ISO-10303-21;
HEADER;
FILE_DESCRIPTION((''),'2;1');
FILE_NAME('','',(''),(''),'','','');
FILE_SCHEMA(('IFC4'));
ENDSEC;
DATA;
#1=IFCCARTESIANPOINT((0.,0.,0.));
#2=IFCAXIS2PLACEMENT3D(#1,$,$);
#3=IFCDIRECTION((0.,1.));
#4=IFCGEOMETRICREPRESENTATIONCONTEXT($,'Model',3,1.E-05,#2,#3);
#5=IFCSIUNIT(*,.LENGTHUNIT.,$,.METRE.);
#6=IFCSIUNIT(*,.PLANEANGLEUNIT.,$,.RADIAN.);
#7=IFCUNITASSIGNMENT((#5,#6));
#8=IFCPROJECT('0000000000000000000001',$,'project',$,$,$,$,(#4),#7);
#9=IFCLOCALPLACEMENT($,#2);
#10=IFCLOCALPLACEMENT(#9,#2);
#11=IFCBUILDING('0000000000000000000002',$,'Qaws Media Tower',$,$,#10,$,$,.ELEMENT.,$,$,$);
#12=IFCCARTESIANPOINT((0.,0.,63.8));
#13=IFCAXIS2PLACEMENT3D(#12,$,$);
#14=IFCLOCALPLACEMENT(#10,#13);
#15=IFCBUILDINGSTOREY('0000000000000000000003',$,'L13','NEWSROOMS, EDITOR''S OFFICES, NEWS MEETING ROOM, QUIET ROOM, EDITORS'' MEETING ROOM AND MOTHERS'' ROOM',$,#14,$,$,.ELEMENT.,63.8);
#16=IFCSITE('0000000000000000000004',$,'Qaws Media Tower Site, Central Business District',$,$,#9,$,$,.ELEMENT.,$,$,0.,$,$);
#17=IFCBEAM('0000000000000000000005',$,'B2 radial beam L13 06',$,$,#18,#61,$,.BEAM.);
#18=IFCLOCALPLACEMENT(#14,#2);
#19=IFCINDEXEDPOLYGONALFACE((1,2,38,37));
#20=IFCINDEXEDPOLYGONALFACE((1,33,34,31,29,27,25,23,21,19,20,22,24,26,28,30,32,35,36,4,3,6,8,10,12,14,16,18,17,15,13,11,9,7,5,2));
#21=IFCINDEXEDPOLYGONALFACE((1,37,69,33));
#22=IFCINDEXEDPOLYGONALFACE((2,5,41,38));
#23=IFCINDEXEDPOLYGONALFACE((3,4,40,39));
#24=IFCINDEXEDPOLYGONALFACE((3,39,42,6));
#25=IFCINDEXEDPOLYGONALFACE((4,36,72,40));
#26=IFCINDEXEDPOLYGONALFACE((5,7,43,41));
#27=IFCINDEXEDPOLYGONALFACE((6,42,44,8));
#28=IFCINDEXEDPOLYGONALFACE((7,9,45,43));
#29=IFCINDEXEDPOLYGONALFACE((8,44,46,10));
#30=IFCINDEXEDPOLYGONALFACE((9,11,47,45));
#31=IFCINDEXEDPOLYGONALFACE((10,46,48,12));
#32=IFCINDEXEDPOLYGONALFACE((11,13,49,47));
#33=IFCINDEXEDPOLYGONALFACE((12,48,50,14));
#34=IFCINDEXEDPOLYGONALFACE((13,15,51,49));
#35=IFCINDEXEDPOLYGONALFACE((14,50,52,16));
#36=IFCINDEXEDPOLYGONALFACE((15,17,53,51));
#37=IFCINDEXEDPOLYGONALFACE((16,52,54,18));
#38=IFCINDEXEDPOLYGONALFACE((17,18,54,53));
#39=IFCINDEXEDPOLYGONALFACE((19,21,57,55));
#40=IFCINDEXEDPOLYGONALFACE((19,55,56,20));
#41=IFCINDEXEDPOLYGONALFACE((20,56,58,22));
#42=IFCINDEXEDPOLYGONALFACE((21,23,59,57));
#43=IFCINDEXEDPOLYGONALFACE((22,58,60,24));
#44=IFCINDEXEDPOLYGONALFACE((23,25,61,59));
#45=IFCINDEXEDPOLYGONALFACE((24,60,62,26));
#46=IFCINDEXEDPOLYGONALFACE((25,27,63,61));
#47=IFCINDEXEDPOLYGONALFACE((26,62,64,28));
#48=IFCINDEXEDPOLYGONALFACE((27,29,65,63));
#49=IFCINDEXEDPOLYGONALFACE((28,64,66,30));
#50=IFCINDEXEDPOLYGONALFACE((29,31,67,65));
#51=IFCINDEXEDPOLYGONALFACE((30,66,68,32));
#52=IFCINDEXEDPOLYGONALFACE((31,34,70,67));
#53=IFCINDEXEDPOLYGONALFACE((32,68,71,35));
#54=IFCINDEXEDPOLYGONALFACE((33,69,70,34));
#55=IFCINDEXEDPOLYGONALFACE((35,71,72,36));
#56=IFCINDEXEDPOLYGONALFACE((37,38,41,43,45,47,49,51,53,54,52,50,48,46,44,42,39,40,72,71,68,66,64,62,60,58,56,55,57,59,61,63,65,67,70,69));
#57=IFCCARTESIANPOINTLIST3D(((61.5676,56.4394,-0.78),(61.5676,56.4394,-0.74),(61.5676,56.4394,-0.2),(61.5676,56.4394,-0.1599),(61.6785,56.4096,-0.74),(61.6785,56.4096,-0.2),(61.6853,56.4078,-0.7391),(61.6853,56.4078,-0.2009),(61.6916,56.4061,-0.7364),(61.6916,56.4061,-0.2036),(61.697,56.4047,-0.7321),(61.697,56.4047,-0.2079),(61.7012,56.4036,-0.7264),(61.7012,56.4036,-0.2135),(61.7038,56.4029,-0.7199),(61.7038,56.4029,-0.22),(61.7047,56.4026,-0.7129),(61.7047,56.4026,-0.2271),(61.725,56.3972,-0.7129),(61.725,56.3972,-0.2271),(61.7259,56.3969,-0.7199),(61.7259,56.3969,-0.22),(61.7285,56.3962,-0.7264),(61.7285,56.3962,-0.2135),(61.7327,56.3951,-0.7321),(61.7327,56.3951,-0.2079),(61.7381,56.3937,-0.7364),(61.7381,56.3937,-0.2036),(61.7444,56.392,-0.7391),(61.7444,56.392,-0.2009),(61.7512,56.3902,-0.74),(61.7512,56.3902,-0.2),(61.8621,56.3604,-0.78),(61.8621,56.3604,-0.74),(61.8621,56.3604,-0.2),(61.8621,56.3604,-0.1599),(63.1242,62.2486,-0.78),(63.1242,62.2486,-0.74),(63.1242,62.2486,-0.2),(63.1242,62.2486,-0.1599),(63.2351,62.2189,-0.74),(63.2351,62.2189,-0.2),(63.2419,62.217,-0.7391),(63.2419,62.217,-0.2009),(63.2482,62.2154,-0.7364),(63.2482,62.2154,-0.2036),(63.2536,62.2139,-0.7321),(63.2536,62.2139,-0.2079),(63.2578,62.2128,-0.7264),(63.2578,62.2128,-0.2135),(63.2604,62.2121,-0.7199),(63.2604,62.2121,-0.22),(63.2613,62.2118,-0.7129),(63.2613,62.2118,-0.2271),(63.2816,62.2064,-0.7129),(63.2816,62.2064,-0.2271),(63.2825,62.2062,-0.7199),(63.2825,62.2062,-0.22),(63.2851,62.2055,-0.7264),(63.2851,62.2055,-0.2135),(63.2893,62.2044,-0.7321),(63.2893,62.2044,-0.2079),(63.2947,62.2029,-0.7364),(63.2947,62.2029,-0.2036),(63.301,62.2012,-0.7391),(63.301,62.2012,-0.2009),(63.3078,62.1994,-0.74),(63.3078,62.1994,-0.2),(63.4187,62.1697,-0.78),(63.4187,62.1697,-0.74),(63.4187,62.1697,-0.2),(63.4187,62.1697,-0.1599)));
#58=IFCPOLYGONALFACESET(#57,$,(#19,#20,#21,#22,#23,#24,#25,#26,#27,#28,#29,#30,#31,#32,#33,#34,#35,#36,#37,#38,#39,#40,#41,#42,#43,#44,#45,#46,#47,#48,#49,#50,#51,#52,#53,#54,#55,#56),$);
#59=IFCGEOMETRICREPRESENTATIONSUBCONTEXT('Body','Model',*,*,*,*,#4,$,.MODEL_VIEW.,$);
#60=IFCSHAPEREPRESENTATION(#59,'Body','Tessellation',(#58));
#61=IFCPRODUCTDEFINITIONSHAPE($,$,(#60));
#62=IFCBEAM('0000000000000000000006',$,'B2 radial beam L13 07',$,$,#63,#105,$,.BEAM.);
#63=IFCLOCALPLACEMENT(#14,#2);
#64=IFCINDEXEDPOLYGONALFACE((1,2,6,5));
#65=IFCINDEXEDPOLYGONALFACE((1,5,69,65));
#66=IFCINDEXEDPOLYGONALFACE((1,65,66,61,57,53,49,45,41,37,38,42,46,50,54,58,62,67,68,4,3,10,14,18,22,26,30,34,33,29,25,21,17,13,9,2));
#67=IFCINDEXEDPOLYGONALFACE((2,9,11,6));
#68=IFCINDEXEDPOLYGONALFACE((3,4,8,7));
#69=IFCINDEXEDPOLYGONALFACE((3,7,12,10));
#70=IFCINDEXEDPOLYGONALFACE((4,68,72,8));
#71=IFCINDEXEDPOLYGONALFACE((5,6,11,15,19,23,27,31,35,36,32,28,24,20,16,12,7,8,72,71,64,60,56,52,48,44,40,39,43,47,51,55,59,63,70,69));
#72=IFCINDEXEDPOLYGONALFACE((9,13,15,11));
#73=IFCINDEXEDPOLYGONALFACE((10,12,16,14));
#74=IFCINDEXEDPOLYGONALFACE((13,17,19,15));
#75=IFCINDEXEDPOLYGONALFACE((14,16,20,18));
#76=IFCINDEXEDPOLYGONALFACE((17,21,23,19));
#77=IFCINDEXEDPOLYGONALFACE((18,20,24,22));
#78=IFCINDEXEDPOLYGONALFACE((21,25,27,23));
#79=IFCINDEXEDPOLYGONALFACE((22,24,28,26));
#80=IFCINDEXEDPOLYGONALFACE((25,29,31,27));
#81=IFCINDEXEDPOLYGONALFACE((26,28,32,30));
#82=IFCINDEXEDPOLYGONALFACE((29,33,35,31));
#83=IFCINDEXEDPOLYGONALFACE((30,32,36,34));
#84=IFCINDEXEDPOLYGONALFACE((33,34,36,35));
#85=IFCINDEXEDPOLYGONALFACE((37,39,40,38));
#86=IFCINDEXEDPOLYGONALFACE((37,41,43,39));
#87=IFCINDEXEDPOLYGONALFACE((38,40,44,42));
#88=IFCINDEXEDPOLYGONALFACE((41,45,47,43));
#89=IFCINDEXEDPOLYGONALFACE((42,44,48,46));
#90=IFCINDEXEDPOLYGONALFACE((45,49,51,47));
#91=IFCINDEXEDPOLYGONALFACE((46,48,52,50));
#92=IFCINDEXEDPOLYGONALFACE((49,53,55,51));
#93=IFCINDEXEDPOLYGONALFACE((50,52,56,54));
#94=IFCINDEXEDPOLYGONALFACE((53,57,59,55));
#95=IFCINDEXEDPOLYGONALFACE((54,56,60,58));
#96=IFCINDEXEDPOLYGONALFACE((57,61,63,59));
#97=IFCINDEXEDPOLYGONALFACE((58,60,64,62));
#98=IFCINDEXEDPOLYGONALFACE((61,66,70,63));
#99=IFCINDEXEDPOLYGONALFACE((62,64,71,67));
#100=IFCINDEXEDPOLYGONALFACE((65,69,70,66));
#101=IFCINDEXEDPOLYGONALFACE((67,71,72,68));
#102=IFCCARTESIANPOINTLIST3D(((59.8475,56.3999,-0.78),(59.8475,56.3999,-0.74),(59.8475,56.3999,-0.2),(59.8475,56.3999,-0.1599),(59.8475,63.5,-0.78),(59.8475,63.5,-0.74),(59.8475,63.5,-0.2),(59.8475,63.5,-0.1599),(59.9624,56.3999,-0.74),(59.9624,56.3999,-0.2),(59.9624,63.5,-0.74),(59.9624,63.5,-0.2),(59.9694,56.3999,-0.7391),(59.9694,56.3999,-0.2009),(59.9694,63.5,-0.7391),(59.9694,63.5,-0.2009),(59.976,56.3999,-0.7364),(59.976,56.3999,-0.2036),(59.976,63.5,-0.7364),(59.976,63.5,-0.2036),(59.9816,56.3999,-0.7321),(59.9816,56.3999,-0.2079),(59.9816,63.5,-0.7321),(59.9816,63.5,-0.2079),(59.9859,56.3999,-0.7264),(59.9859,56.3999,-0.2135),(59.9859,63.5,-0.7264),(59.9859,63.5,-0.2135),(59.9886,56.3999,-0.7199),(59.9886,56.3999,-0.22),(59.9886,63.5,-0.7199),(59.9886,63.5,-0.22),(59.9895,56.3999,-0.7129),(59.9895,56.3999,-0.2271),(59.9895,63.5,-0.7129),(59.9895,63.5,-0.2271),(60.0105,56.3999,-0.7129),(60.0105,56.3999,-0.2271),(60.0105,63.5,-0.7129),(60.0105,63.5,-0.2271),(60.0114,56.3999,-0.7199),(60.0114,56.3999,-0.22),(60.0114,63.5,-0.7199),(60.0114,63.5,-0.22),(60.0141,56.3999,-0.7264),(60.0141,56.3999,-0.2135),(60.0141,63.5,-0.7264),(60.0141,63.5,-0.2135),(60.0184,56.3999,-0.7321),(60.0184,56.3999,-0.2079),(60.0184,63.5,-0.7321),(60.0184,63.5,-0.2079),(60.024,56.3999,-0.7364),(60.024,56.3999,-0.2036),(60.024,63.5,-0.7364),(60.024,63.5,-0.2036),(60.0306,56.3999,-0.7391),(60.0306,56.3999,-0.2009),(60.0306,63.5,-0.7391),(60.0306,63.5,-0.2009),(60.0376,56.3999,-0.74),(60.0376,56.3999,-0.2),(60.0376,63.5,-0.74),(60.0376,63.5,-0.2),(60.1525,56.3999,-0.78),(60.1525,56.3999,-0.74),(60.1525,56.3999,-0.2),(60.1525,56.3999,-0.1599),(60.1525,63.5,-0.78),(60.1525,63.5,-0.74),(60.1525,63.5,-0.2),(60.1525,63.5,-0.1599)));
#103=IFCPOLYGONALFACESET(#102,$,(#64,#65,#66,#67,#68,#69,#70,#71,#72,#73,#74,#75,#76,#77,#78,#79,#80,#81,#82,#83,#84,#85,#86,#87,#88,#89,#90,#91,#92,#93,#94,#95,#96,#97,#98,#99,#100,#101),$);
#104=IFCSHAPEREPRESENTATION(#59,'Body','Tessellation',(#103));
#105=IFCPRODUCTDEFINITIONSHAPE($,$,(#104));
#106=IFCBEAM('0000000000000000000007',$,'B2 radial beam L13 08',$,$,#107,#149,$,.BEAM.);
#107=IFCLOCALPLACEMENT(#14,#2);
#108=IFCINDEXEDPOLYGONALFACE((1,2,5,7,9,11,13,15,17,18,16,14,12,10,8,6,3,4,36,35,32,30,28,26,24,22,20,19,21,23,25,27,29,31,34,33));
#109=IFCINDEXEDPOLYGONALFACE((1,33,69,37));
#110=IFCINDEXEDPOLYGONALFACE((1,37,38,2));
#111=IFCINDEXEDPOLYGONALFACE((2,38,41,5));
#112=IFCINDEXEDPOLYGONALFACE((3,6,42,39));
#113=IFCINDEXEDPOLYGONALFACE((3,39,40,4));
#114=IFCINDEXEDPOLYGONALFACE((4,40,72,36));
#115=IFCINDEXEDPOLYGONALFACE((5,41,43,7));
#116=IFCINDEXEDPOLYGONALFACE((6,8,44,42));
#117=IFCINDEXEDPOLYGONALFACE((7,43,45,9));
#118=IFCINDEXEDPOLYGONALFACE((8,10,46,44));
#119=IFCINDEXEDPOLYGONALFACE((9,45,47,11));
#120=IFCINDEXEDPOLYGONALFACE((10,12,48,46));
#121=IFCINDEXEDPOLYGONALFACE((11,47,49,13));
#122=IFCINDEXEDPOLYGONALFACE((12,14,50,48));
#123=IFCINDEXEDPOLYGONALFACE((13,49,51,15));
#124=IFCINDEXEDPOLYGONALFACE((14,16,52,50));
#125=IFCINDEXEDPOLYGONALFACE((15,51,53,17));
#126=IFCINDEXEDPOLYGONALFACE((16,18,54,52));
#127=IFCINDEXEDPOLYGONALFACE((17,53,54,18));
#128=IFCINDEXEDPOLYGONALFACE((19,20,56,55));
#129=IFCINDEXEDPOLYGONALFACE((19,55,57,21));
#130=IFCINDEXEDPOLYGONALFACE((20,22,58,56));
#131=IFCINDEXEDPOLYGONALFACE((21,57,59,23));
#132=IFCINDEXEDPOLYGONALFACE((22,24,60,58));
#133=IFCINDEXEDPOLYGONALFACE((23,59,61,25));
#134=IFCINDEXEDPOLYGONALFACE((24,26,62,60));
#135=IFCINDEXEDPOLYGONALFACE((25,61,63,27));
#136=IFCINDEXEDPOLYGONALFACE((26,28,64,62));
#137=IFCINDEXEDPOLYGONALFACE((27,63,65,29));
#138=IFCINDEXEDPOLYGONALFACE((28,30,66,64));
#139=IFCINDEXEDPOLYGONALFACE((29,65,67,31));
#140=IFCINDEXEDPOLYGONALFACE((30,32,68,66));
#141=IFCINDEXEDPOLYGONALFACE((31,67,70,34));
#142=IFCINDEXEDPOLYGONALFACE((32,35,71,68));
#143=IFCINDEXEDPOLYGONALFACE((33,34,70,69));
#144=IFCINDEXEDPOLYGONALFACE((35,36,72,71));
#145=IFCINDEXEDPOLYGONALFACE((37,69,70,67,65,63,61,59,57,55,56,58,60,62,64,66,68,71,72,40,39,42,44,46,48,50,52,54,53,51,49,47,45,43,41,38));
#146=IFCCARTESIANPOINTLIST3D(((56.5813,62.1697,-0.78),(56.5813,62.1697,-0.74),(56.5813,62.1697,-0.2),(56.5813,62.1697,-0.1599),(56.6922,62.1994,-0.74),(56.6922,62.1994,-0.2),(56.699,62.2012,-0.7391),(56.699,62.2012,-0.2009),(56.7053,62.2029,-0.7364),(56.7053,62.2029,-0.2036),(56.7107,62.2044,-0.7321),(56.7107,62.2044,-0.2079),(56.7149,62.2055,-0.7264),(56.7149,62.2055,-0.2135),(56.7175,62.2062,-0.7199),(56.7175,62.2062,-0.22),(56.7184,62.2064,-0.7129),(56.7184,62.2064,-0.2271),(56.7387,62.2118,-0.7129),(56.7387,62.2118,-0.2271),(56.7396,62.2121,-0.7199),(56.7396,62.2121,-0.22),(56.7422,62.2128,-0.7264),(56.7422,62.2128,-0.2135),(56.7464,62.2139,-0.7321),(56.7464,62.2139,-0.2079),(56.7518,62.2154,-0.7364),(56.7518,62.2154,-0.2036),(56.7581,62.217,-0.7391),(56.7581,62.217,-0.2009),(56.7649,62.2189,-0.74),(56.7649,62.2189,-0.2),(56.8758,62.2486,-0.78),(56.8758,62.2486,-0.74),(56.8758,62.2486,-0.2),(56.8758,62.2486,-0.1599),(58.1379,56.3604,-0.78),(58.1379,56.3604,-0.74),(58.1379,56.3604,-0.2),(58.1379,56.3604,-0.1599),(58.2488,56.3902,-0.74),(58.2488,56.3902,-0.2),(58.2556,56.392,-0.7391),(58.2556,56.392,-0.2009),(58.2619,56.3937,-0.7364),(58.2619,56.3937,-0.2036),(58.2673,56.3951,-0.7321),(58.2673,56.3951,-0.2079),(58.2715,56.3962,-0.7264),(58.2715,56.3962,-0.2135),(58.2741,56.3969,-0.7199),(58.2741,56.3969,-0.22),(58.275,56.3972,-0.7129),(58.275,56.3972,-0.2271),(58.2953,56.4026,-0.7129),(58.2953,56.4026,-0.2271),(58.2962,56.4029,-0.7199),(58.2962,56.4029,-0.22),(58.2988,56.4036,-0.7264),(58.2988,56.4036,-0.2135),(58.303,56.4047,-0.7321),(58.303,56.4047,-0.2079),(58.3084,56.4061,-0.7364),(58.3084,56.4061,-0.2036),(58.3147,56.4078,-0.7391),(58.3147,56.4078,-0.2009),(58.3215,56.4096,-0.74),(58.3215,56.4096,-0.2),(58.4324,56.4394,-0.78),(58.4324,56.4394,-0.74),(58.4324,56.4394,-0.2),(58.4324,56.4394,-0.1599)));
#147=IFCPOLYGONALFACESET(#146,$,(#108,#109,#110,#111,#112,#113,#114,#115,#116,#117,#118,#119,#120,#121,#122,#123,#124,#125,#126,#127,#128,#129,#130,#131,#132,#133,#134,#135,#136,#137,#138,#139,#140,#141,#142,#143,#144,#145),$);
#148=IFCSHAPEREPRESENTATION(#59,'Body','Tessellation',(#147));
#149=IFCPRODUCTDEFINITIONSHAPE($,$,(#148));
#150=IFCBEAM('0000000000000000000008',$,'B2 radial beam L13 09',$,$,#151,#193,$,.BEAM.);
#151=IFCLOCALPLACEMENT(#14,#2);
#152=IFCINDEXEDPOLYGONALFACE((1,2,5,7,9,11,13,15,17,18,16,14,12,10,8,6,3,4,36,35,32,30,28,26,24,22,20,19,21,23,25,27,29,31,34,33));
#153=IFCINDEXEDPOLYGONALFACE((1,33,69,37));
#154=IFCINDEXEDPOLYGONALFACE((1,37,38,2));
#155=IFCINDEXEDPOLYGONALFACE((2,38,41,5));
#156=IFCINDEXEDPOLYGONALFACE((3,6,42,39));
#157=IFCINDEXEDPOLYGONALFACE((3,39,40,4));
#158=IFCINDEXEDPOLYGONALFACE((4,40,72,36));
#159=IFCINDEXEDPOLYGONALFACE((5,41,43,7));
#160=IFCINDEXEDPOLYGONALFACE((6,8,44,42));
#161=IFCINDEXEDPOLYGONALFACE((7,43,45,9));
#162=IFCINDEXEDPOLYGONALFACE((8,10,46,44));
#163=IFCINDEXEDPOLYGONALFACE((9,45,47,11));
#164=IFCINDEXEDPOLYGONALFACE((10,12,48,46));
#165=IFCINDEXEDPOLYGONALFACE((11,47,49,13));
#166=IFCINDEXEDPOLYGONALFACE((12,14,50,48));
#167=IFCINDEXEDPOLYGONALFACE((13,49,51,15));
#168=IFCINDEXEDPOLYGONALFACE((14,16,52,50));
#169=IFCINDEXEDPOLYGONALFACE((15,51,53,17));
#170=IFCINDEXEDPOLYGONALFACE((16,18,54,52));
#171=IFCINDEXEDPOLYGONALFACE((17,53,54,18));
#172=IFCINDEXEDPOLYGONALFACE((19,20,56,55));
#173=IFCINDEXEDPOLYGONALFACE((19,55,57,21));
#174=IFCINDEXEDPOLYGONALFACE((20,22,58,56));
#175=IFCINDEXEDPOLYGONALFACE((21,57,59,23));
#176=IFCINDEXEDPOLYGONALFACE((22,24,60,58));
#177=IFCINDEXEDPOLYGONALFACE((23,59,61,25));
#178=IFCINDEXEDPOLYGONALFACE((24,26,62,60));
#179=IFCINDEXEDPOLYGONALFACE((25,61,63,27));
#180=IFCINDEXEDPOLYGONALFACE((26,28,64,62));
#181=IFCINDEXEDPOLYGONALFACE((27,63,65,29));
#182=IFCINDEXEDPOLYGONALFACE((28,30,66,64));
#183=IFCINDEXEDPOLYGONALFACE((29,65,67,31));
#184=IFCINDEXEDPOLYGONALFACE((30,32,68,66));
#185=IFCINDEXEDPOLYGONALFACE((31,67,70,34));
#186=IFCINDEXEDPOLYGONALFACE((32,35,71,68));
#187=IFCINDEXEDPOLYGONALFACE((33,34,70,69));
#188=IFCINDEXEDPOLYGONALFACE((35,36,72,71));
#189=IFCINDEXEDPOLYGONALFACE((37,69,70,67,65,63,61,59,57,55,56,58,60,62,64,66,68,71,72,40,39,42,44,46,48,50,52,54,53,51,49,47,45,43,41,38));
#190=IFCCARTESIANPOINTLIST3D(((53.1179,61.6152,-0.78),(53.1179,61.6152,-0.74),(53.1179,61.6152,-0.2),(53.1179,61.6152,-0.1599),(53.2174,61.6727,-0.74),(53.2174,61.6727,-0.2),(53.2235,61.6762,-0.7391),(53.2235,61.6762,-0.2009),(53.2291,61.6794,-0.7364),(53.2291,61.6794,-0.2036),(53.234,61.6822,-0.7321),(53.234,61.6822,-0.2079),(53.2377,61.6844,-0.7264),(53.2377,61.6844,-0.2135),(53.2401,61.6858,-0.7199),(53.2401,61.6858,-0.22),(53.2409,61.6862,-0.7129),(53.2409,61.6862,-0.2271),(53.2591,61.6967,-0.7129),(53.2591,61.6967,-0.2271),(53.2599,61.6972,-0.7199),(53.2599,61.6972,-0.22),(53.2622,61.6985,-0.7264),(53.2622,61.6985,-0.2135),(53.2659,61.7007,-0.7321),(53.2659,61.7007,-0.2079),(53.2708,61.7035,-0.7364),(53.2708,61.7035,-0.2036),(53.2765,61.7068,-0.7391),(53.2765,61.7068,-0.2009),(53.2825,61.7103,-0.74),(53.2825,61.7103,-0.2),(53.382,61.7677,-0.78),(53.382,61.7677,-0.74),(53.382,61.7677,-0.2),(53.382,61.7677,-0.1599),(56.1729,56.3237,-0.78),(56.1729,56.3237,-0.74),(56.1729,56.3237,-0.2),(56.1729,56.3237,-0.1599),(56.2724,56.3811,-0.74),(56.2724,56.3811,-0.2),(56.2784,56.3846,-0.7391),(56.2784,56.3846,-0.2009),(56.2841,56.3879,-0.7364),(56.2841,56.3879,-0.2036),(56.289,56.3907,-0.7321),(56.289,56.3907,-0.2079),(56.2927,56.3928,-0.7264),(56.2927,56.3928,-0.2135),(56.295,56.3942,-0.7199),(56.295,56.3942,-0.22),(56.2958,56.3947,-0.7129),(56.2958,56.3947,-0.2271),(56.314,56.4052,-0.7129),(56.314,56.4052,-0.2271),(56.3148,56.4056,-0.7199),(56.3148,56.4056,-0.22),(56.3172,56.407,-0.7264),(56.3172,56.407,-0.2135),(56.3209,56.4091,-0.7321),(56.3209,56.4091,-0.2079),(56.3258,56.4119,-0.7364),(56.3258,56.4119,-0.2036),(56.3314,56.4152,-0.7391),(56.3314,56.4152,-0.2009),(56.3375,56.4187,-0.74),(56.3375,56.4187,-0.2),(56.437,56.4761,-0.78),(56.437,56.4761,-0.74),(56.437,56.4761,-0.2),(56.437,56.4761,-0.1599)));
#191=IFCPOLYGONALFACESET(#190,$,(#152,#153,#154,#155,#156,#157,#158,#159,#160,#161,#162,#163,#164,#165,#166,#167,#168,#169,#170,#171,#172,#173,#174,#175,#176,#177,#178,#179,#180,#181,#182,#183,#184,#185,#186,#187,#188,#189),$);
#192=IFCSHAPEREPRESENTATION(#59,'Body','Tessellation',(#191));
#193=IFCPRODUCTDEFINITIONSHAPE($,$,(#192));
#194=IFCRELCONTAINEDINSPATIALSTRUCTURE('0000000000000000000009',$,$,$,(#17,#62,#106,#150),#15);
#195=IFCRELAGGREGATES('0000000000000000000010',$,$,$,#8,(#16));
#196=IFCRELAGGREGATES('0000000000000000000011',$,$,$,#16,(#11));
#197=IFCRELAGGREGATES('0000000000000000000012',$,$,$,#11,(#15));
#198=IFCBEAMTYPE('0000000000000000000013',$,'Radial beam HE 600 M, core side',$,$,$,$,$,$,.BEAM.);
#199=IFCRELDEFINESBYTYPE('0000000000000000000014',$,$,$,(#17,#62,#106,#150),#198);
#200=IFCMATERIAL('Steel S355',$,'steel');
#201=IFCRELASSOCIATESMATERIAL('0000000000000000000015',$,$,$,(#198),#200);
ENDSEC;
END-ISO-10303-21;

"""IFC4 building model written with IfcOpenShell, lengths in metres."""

from ifc_helpers import new_model, si_unit, direction, frame, origin, origin_2d, place, context, subcontext, project, spatial, i_section, extrude, material, material_profile, profile_set, type_object, element, save


model = new_model("IFC4")

# Units and contexts
model_context = context("Model", 3, precision=1e-05, world=origin(), true_north=direction((0.0, 1.0)))
body_context = subcontext(model_context, "Body", "Model", "MODEL_VIEW")
ifc_project = project(units=[si_unit("LENGTHUNIT", "METRE"), si_unit("PLANEANGLEUNIT", "RADIAN")], contexts=[model_context])

# Site, building, storey
site_placement = place(None, origin())
site = spatial("IfcSite", under=ifc_project, at=site_placement, Name="Qaws Media Tower Site, Central Business District", CompositionType="ELEMENT", RefElevation=0.0)
building_placement = place(site_placement, origin())
building = spatial("IfcBuilding", under=site, at=building_placement, Name="Qaws Media Tower", CompositionType="ELEMENT")
storey_placement = place(building_placement, frame((0.0, 0.0, 63.8)))
storey = spatial("IfcBuildingStorey", under=building, at=storey_placement, Name="L13", Description="NEWSROOMS, EDITOR'S OFFICES, NEWS MEETING ROOM, QUIET ROOM, EDITORS' MEETING ROOM AND MOTHERS' ROOM", CompositionType="ELEMENT", Elevation=63.8)

# Beams
ifc_material_1 = material(Name="Steel S355", Category="steel")
ifc_material_profile_1 = material_profile(ifc_material_1, i_section(OverallWidth=0.3049, OverallDepth=0.6201, WebThickness=0.021, FlangeThickness=0.04, FilletRadius=0.0271, at=origin_2d()), Name="HE 600 M")
ifc_profile_set_1 = profile_set([ifc_material_profile_1], Name="Steel S355")
beam_type_1 = type_object("IfcBeamType", Name="Radial beam HE 600 M, core side", PredefinedType="BEAM", material=ifc_profile_set_1)
beam_1_placement = place(storey_placement, frame((61.7148, 56.3999, -0.47), z_axis=(0.258825, 0.965924, 0.0), x_axis=(-0.965924, 0.258825, 0.0)))
element("IfcBeam", 1, at=beam_1_placement, inside=storey, type_object=beam_type_1, Name="B2 radial beam L13 06", PredefinedType="BEAM", context=body_context, shape_type="SweptSolid", body=[
    extrude(i_section(OverallWidth=0.3049, OverallDepth=0.6201, WebThickness=0.021, FlangeThickness=0.04, FilletRadius=0.0271, at=origin_2d()), origin(), (0.0, 0.0, 1.0), 6.0142),
])
beam_2_placement = place(storey_placement, frame((60.0, 56.3999, -0.47), z_axis=(0.0, 1.0, 0.0), x_axis=(-1.0, 0.0, 0.0)))
element("IfcBeam", 2, at=beam_2_placement, inside=storey, type_object=beam_type_1, Name="B2 radial beam L13 07", PredefinedType="BEAM", context=body_context, shape_type="SweptSolid", body=[
    extrude(i_section(OverallWidth=0.3049, OverallDepth=0.6201, WebThickness=0.021, FlangeThickness=0.04, FilletRadius=0.0271, at=origin_2d()), origin(), (0.0, 0.0, 1.0), 7.1001),
])
beam_3_placement = place(storey_placement, frame((58.2852, 56.3999, -0.47), z_axis=(-0.258825, 0.965924, 0.0), x_axis=(-0.965924, -0.258825, 0.0)))
element("IfcBeam", 3, at=beam_3_placement, inside=storey, type_object=beam_type_1, Name="B2 radial beam L13 08", PredefinedType="BEAM", context=body_context, shape_type="SweptSolid", body=[
    extrude(i_section(OverallWidth=0.3049, OverallDepth=0.6201, WebThickness=0.021, FlangeThickness=0.04, FilletRadius=0.0271, at=origin_2d()), origin(), (0.0, 0.0, 1.0), 6.0142),
])
beam_4_placement = place(storey_placement, frame((56.3049, 56.3999, -0.47), z_axis=(-0.499985, 0.866034, 0.0), x_axis=(-0.866034, -0.499985, 0.0)))
element("IfcBeam", 4, at=beam_4_placement, inside=storey, type_object=beam_type_1, Name="B2 radial beam L13 09", PredefinedType="BEAM", context=body_context, shape_type="SweptSolid", body=[
    extrude(i_section(OverallWidth=0.3049, OverallDepth=0.6201, WebThickness=0.021, FlangeThickness=0.04, FilletRadius=0.0271, at=origin_2d()), origin(), (0.0, 0.0, 1.0), 6.1101),
])

save(model, "model.ifc")
